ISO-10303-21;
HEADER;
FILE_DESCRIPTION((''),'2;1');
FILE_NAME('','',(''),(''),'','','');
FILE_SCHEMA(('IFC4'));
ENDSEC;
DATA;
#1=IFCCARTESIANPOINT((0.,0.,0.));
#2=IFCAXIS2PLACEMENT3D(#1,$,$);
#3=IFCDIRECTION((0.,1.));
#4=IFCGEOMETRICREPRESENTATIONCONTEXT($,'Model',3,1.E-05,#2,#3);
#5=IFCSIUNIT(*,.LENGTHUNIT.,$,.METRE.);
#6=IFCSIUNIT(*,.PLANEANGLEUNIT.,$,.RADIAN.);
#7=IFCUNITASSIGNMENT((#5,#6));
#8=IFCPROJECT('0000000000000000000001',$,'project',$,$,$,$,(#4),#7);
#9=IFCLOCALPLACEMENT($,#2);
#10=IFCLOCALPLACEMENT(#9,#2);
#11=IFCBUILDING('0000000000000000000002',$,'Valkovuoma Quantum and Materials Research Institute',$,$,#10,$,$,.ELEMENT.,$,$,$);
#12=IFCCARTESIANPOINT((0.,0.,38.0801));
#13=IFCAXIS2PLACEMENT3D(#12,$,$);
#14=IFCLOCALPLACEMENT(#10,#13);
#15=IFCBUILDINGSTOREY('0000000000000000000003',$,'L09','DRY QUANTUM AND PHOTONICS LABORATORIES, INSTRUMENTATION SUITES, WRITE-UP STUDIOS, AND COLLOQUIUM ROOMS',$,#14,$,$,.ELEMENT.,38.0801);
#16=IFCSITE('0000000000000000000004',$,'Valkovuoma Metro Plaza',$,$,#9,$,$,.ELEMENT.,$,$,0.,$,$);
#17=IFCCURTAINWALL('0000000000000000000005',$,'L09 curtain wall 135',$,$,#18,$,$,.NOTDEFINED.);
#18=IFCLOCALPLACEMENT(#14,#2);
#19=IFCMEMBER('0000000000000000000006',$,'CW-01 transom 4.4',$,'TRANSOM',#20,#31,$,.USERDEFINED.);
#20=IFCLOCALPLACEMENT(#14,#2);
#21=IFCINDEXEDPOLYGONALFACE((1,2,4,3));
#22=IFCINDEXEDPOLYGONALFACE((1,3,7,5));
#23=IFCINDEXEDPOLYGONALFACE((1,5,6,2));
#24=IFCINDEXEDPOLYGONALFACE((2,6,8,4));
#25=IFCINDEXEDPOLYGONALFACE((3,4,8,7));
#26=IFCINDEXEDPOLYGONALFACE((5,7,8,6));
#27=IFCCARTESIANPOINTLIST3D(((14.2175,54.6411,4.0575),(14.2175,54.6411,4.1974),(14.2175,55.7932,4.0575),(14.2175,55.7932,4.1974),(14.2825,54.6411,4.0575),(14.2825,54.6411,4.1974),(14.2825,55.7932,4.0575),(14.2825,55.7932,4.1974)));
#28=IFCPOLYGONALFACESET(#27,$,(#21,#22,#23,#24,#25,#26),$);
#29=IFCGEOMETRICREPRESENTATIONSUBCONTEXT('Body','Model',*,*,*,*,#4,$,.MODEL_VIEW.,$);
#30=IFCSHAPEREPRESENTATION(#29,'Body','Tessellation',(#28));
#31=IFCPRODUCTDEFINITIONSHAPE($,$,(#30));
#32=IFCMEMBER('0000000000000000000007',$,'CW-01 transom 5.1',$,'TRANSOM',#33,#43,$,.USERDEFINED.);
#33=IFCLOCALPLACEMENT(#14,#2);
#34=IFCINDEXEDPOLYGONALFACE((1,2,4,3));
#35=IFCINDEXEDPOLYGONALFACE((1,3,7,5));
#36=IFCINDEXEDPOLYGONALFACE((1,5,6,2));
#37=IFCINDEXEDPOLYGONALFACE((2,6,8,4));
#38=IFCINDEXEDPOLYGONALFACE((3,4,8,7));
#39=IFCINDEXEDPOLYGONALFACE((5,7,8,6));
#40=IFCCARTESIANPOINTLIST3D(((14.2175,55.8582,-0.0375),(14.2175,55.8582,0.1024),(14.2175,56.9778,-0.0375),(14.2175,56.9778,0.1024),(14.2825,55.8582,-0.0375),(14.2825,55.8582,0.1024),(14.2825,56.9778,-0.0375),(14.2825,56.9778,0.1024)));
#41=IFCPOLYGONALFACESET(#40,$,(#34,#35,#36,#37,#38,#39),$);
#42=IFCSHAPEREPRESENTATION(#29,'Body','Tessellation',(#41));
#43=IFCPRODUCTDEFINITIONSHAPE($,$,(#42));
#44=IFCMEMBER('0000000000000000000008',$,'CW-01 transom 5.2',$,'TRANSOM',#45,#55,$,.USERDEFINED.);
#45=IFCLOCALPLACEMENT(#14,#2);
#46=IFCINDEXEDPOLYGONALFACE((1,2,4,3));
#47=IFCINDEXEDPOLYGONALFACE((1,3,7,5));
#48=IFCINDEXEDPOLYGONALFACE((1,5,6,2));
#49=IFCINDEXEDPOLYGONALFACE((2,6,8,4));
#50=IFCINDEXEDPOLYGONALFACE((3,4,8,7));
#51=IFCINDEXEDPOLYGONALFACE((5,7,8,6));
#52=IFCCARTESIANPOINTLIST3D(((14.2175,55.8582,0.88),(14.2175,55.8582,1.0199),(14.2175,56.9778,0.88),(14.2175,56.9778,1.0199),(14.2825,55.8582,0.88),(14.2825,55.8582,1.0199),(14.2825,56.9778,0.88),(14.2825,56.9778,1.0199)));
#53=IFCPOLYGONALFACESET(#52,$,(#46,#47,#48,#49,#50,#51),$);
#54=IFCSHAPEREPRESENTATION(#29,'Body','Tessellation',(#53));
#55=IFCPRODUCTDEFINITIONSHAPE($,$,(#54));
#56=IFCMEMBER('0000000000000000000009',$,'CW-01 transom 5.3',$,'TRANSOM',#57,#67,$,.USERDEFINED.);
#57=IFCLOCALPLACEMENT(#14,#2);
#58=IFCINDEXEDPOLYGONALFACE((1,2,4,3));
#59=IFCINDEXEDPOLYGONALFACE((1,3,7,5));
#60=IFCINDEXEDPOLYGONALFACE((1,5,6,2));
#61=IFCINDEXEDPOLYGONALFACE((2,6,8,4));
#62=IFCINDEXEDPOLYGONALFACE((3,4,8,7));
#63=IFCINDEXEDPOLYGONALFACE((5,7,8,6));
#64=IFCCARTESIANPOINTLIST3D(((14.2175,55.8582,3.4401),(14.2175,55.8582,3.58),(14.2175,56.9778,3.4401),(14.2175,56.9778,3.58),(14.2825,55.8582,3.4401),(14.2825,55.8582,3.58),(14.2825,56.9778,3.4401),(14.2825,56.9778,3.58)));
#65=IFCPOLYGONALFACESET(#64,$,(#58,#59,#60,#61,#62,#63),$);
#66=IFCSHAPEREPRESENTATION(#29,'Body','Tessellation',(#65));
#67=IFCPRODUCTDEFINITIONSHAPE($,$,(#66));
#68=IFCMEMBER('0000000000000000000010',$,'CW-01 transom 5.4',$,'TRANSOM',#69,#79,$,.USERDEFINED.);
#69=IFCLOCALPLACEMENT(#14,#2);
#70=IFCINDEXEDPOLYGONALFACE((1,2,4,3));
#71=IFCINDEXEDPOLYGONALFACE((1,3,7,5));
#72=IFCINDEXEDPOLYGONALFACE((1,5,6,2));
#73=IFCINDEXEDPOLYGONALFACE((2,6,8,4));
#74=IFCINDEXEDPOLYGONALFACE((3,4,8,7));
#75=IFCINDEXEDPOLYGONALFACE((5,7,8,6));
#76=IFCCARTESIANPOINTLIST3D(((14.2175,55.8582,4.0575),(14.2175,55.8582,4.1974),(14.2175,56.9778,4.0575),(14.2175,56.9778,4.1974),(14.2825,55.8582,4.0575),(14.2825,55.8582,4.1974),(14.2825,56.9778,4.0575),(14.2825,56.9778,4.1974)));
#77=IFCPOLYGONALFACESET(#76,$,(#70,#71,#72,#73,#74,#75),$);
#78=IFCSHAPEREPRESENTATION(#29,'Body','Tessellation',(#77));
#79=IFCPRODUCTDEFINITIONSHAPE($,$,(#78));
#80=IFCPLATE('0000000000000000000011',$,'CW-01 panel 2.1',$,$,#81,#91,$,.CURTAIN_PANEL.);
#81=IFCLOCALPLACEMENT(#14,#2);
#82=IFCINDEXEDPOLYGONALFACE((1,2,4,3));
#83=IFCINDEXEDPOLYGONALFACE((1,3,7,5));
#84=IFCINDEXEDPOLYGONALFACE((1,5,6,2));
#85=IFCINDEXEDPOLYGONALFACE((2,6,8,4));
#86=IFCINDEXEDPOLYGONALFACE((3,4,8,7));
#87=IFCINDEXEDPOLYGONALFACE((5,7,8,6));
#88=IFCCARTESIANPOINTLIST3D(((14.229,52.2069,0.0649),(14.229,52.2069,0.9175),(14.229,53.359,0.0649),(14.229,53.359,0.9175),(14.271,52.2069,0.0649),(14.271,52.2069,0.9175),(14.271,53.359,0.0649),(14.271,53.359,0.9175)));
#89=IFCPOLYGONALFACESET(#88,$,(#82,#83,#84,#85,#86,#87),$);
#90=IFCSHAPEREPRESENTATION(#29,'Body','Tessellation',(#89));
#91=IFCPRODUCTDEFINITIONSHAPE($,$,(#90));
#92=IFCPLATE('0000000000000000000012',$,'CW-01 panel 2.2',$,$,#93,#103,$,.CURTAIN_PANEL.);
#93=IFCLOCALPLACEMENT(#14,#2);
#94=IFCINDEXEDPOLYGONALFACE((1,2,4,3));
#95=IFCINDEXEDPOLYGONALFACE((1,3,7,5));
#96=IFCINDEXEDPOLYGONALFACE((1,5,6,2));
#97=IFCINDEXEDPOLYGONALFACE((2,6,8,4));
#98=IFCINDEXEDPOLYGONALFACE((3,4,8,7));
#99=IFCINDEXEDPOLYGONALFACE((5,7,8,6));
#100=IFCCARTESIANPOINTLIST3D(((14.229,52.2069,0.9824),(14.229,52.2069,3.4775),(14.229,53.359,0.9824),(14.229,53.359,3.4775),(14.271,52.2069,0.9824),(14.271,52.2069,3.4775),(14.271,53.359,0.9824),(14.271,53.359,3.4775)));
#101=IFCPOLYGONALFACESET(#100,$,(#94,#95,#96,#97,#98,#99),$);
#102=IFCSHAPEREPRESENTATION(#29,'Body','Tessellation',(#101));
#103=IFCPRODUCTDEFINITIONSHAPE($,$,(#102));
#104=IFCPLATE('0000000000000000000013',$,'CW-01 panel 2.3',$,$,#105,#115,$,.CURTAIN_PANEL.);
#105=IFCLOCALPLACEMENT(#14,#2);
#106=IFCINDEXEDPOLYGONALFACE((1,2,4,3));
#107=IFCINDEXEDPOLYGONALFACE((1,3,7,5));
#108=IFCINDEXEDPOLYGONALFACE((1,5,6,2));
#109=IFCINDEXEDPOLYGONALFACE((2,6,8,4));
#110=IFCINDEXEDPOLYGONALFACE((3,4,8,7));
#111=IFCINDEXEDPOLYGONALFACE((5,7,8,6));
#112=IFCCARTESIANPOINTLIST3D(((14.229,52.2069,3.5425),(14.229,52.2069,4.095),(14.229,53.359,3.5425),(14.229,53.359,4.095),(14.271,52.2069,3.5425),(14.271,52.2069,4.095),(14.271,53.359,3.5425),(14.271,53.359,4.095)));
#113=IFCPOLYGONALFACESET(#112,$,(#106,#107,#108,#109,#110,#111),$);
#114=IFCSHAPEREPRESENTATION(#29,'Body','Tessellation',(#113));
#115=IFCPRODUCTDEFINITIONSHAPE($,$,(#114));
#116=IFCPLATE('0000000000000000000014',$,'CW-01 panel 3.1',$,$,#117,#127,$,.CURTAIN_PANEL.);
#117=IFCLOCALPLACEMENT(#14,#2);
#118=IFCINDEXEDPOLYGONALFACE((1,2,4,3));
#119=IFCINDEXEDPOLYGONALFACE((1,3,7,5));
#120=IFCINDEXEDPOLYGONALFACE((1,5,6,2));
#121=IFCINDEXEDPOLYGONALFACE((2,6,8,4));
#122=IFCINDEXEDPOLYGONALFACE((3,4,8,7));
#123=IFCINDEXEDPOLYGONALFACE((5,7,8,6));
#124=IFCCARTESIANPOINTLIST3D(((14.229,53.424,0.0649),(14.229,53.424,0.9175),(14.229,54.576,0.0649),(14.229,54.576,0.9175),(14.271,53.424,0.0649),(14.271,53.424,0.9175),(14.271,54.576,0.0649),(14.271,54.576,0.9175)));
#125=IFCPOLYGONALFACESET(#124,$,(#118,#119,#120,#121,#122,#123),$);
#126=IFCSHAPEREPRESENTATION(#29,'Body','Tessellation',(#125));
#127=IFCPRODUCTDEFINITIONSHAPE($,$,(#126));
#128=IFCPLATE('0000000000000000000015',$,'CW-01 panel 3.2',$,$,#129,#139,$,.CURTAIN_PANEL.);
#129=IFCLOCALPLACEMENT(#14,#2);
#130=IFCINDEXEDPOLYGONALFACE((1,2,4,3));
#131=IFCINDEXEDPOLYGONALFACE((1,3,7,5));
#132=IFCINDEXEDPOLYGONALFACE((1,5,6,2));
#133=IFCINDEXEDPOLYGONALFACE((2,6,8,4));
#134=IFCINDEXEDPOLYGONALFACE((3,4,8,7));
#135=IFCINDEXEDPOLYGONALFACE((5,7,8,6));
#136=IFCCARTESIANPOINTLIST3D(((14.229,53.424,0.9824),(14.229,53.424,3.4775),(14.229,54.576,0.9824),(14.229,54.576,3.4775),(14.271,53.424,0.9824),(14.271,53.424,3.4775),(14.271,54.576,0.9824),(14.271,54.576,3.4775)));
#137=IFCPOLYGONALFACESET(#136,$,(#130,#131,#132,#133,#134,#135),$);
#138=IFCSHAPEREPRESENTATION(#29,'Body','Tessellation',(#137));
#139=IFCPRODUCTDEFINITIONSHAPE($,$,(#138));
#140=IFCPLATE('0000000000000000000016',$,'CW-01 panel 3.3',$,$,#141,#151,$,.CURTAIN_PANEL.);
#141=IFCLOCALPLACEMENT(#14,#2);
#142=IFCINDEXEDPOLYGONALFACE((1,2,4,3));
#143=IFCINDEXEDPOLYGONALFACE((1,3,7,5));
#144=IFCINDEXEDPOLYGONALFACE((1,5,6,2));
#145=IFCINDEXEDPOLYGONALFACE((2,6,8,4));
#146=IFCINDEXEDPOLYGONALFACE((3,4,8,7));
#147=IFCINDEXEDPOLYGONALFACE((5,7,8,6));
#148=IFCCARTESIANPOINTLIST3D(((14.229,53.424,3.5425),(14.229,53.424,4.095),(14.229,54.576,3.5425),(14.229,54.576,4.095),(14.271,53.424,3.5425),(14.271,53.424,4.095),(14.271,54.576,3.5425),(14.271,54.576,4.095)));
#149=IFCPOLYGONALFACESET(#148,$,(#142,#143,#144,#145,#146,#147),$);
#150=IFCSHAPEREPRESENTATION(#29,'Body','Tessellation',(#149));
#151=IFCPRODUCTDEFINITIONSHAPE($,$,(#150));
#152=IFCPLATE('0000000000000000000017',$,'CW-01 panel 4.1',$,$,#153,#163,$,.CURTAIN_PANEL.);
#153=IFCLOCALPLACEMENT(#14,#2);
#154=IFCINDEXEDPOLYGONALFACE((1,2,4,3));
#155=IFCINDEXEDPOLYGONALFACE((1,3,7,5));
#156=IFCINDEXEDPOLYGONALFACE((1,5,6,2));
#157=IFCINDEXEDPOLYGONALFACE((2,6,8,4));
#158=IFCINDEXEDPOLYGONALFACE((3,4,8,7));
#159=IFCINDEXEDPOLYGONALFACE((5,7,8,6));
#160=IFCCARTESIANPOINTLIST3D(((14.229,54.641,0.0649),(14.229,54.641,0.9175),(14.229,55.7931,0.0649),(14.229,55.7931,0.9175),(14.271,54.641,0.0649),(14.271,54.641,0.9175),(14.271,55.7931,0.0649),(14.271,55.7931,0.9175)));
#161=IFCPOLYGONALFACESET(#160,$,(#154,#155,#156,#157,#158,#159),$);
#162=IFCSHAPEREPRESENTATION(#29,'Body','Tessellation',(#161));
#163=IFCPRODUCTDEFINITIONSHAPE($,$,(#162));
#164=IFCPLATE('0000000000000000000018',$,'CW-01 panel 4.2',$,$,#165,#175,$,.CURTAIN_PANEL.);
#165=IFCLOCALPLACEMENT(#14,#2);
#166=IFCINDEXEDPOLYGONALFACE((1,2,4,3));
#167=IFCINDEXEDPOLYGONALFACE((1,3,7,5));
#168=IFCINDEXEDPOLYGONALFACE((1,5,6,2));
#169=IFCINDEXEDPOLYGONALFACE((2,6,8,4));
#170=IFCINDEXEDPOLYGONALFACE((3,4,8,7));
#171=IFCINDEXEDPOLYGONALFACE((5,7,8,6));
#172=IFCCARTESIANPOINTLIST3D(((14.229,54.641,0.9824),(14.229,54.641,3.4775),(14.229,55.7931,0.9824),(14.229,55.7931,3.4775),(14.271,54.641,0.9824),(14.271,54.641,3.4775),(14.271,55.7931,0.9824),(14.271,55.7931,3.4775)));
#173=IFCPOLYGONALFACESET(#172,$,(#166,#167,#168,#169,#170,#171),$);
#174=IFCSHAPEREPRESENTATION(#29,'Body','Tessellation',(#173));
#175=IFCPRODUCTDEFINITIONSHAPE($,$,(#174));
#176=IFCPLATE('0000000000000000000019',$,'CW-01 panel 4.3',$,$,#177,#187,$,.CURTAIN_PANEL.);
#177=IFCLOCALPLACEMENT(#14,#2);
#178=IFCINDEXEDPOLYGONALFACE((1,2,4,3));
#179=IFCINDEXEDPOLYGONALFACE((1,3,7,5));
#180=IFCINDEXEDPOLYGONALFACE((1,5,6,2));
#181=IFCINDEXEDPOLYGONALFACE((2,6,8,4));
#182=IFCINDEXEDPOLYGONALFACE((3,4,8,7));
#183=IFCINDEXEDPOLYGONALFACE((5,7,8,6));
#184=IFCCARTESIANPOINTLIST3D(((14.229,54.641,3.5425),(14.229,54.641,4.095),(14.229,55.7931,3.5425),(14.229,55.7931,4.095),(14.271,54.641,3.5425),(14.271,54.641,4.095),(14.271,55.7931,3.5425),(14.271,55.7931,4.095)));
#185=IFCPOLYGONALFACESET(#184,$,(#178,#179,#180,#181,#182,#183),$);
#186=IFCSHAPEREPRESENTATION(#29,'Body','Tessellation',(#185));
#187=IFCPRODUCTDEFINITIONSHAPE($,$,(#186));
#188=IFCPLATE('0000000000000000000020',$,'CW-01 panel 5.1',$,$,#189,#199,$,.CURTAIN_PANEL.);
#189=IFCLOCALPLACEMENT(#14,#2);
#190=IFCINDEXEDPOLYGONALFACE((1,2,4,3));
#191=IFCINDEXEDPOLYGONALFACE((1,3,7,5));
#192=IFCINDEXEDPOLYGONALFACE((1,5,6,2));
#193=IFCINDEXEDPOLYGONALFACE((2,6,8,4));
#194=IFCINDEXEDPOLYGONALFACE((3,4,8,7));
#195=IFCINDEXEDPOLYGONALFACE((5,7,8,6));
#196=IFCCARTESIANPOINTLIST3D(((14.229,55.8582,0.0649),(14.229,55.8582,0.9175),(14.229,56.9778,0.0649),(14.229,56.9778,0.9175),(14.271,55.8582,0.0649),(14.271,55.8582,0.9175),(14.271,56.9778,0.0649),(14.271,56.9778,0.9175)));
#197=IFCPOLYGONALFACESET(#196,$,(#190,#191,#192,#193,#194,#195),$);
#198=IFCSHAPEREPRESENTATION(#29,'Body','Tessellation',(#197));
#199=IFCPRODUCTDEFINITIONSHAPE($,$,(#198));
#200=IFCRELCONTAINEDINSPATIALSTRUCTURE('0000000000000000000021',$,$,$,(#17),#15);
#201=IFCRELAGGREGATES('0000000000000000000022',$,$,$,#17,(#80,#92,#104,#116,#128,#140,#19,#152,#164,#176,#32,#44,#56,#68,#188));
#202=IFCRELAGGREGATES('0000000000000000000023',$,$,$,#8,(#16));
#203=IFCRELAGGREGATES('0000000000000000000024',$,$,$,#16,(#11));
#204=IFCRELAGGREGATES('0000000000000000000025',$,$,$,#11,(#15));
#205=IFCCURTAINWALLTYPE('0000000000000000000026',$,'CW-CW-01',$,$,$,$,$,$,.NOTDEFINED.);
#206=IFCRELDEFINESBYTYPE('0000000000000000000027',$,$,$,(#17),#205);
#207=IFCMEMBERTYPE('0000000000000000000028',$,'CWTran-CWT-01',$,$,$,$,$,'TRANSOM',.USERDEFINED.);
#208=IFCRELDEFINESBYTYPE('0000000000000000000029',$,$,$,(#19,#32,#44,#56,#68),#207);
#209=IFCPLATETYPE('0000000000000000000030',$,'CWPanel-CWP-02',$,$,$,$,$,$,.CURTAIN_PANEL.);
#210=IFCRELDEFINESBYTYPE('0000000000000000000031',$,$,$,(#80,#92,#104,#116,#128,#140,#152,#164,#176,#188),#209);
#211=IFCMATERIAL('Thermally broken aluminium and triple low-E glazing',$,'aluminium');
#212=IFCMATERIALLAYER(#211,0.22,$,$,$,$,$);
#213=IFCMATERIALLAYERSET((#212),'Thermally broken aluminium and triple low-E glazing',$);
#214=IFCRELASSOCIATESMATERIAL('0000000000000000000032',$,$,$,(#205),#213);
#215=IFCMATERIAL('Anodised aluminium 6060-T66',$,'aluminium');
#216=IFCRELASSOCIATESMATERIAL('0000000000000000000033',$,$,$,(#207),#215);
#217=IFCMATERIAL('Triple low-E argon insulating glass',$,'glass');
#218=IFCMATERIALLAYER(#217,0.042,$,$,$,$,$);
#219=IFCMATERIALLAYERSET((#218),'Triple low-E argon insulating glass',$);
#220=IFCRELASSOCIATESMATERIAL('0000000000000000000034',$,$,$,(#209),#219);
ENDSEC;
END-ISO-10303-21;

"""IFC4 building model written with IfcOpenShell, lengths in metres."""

from ifc_helpers import new_model, si_unit, direction, frame, origin, origin_2d, place, context, subcontext, project, spatial, rectangle, extrude, material, layer, layer_set, material_profile, profile_set, type_object, element, aggregate, save


model = new_model("IFC4")

# Units and contexts
model_context = context("Model", 3, precision=1e-05, world=origin(), true_north=direction((0.0, 1.0)))
body_context = subcontext(model_context, "Body", "Model", "MODEL_VIEW")
ifc_project = project(units=[si_unit("LENGTHUNIT", "METRE"), si_unit("PLANEANGLEUNIT", "RADIAN")], contexts=[model_context])

# Site, building, storey
site_placement = place(None, origin())
site = spatial("IfcSite", under=ifc_project, at=site_placement, Name="Valkovuoma Metro Plaza", CompositionType="ELEMENT", RefElevation=0.0)
building_placement = place(site_placement, origin())
building = spatial("IfcBuilding", under=site, at=building_placement, Name="Valkovuoma Quantum and Materials Research Institute", CompositionType="ELEMENT")
storey_placement = place(building_placement, frame((0.0, 0.0, 38.0801)))
storey = spatial("IfcBuildingStorey", under=building, at=storey_placement, Name="L09", Description="DRY QUANTUM AND PHOTONICS LABORATORIES, INSTRUMENTATION SUITES, WRITE-UP STUDIOS, AND COLLOQUIUM ROOMS", CompositionType="ELEMENT", Elevation=38.0801)

# Curtain wall, members, plates
ifc_material_1 = material(Name="Thermally broken aluminium and triple low-E glazing", Category="aluminium")
ifc_layer_1 = layer(ifc_material_1, 0.22)
ifc_layer_set_1 = layer_set([ifc_layer_1], Name="Thermally broken aluminium and triple low-E glazing")
curtain_wall_type = type_object("IfcCurtainWallType", Name="CW-CW-01", PredefinedType="NOTDEFINED", material=ifc_layer_set_1)
curtain_wall_placement = place(storey_placement, origin())
curtain_wall = element("IfcCurtainWall", 1, at=curtain_wall_placement, inside=storey, type_object=curtain_wall_type, Name="L09 curtain wall 135", PredefinedType="NOTDEFINED")
ifc_material_2 = material(Name="Anodised aluminium 6060-T66", Category="aluminium")
ifc_material_profile_1 = material_profile(ifc_material_2, rectangle(XDim=0.0649, YDim=0.1399, at=origin_2d()), Name="Anodised aluminium 6060-T66")
ifc_profile_set_1 = profile_set([ifc_material_profile_1], Name="Anodised aluminium 6060-T66")
member_type_1 = type_object("IfcMemberType", Name="CWTran-CWT-01", ElementType="TRANSOM", PredefinedType="USERDEFINED", material=ifc_profile_set_1)
member_1_placement = place(storey_placement, frame((14.25, 54.6411, 4.1274), z_axis=(0.0, 1.0, 0.0), x_axis=(-1.0, 0.0, 0.0)))
member_1 = element("IfcMember", 2, at=member_1_placement, type_object=member_type_1, Name="CW-01 transom 4.4", ObjectType="TRANSOM", PredefinedType="USERDEFINED", context=body_context, shape_type="SweptSolid", body=[
    extrude(rectangle(XDim=0.0649, YDim=0.1399, at=origin_2d()), origin(), (0.0, 0.0, 1.0), 1.1521),
])
member_2_placement = place(storey_placement, frame((14.25, 55.8582, 0.0325), z_axis=(0.0, 1.0, 0.0), x_axis=(-1.0, 0.0, 0.0)))
member_2 = element("IfcMember", 3, at=member_2_placement, type_object=member_type_1, Name="CW-01 transom 5.1", ObjectType="TRANSOM", PredefinedType="USERDEFINED", context=body_context, shape_type="SweptSolid", body=[
    extrude(rectangle(XDim=0.0649, YDim=0.1399, at=origin_2d()), origin(), (0.0, 0.0, 1.0), 1.1196),
])
member_3_placement = place(storey_placement, frame((14.25, 55.8582, 0.95), z_axis=(0.0, 1.0, 0.0), x_axis=(-1.0, 0.0, 0.0)))
member_3 = element("IfcMember", 4, at=member_3_placement, type_object=member_type_1, Name="CW-01 transom 5.2", ObjectType="TRANSOM", PredefinedType="USERDEFINED", context=body_context, shape_type="SweptSolid", body=[
    extrude(rectangle(XDim=0.0649, YDim=0.1399, at=origin_2d()), origin(), (0.0, 0.0, 1.0), 1.1196),
])
member_4_placement = place(storey_placement, frame((14.25, 55.8582, 3.51), z_axis=(0.0, 1.0, 0.0), x_axis=(-1.0, 0.0, 0.0)))
member_4 = element("IfcMember", 5, at=member_4_placement, type_object=member_type_1, Name="CW-01 transom 5.3", ObjectType="TRANSOM", PredefinedType="USERDEFINED", context=body_context, shape_type="SweptSolid", body=[
    extrude(rectangle(XDim=0.0649, YDim=0.1399, at=origin_2d()), origin(), (0.0, 0.0, 1.0), 1.1196),
])
member_5_placement = place(storey_placement, frame((14.25, 55.8582, 4.1274), z_axis=(0.0, 1.0, 0.0), x_axis=(-1.0, 0.0, 0.0)))
member_5 = element("IfcMember", 6, at=member_5_placement, type_object=member_type_1, Name="CW-01 transom 5.4", ObjectType="TRANSOM", PredefinedType="USERDEFINED", context=body_context, shape_type="SweptSolid", body=[
    extrude(rectangle(XDim=0.0649, YDim=0.1399, at=origin_2d()), origin(), (0.0, 0.0, 1.0), 1.1196),
])
ifc_material_3 = material(Name="Triple low-E argon insulating glass", Category="glass")
ifc_layer_2 = layer(ifc_material_3, 0.042)
ifc_layer_set_2 = layer_set([ifc_layer_2], Name="Triple low-E argon insulating glass")
plate_type = type_object("IfcPlateType", Name="CWPanel-CWP-02", PredefinedType="CURTAIN_PANEL", material=ifc_layer_set_2)
plate_1_placement = place(storey_placement, frame((14.25, 52.783, 0.0649), z_axis=(0.0, 0.0, 1.0), x_axis=(0.0, 1.0, 0.0)))
plate_1 = element("IfcPlate", 7, at=plate_1_placement, type_object=plate_type, Name="CW-01 panel 2.1", PredefinedType="CURTAIN_PANEL", context=body_context, shape_type="SweptSolid", body=[
    extrude(rectangle(XDim=1.1521, YDim=0.042, at=origin_2d()), origin(), (0.0, 0.0, 1.0), 0.8525),
])
plate_2_placement = place(storey_placement, frame((14.25, 52.783, 0.9824), z_axis=(0.0, 0.0, 1.0), x_axis=(0.0, 1.0, 0.0)))
plate_2 = element("IfcPlate", 8, at=plate_2_placement, type_object=plate_type, Name="CW-01 panel 2.2", PredefinedType="CURTAIN_PANEL", context=body_context, shape_type="SweptSolid", body=[
    extrude(rectangle(XDim=1.1521, YDim=0.042, at=origin_2d()), origin(), (0.0, 0.0, 1.0), 2.4951),
])
plate_3_placement = place(storey_placement, frame((14.25, 52.783, 3.5425), z_axis=(0.0, 0.0, 1.0), x_axis=(0.0, 1.0, 0.0)))
plate_3 = element("IfcPlate", 9, at=plate_3_placement, type_object=plate_type, Name="CW-01 panel 2.3", PredefinedType="CURTAIN_PANEL", context=body_context, shape_type="SweptSolid", body=[
    extrude(rectangle(XDim=1.1521, YDim=0.042, at=origin_2d()), origin(), (0.0, 0.0, 1.0), 0.5525),
])
plate_4_placement = place(storey_placement, frame((14.25, 54.0, 0.0649), z_axis=(0.0, 0.0, 1.0), x_axis=(0.0, 1.0, 0.0)))
plate_4 = element("IfcPlate", 10, at=plate_4_placement, type_object=plate_type, Name="CW-01 panel 3.1", PredefinedType="CURTAIN_PANEL", context=body_context, shape_type="SweptSolid", body=[
    extrude(rectangle(XDim=1.1521, YDim=0.042, at=origin_2d()), origin(), (0.0, 0.0, 1.0), 0.8525),
])
plate_5_placement = place(storey_placement, frame((14.25, 54.0, 0.9824), z_axis=(0.0, 0.0, 1.0), x_axis=(0.0, 1.0, 0.0)))
plate_5 = element("IfcPlate", 11, at=plate_5_placement, type_object=plate_type, Name="CW-01 panel 3.2", PredefinedType="CURTAIN_PANEL", context=body_context, shape_type="SweptSolid", body=[
    extrude(rectangle(XDim=1.1521, YDim=0.042, at=origin_2d()), origin(), (0.0, 0.0, 1.0), 2.4951),
])
plate_6_placement = place(storey_placement, frame((14.25, 54.0, 3.5425), z_axis=(0.0, 0.0, 1.0), x_axis=(0.0, 1.0, 0.0)))
plate_6 = element("IfcPlate", 12, at=plate_6_placement, type_object=plate_type, Name="CW-01 panel 3.3", PredefinedType="CURTAIN_PANEL", context=body_context, shape_type="SweptSolid", body=[
    extrude(rectangle(XDim=1.1521, YDim=0.042, at=origin_2d()), origin(), (0.0, 0.0, 1.0), 0.5525),
])
plate_7_placement = place(storey_placement, frame((14.25, 55.217, 0.0649), z_axis=(0.0, 0.0, 1.0), x_axis=(0.0, 1.0, 0.0)))
plate_7 = element("IfcPlate", 13, at=plate_7_placement, type_object=plate_type, Name="CW-01 panel 4.1", PredefinedType="CURTAIN_PANEL", context=body_context, shape_type="SweptSolid", body=[
    extrude(rectangle(XDim=1.1521, YDim=0.042, at=origin_2d()), origin(), (0.0, 0.0, 1.0), 0.8525),
])
plate_8_placement = place(storey_placement, frame((14.25, 55.217, 0.9824), z_axis=(0.0, 0.0, 1.0), x_axis=(0.0, 1.0, 0.0)))
plate_8 = element("IfcPlate", 14, at=plate_8_placement, type_object=plate_type, Name="CW-01 panel 4.2", PredefinedType="CURTAIN_PANEL", context=body_context, shape_type="SweptSolid", body=[
    extrude(rectangle(XDim=1.1521, YDim=0.042, at=origin_2d()), origin(), (0.0, 0.0, 1.0), 2.4951),
])
plate_9_placement = place(storey_placement, frame((14.25, 55.217, 3.5425), z_axis=(0.0, 0.0, 1.0), x_axis=(0.0, 1.0, 0.0)))
plate_9 = element("IfcPlate", 15, at=plate_9_placement, type_object=plate_type, Name="CW-01 panel 4.3", PredefinedType="CURTAIN_PANEL", context=body_context, shape_type="SweptSolid", body=[
    extrude(rectangle(XDim=1.1521, YDim=0.042, at=origin_2d()), origin(), (0.0, 0.0, 1.0), 0.5525),
])
plate_10_placement = place(storey_placement, frame((14.25, 56.418, 0.0649), z_axis=(0.0, 0.0, 1.0), x_axis=(0.0, 1.0, 0.0)))
plate_10 = element("IfcPlate", 16, at=plate_10_placement, type_object=plate_type, Name="CW-01 panel 5.1", PredefinedType="CURTAIN_PANEL", context=body_context, shape_type="SweptSolid", body=[
    extrude(rectangle(XDim=1.1196, YDim=0.042, at=origin_2d()), origin(), (0.0, 0.0, 1.0), 0.8525),
])
aggregate(curtain_wall, [plate_1, plate_2, plate_3, plate_4, plate_5, plate_6, member_1, plate_7, plate_8, plate_9, member_2, member_3, member_4, member_5, plate_10])

save(model, "model.ifc")
